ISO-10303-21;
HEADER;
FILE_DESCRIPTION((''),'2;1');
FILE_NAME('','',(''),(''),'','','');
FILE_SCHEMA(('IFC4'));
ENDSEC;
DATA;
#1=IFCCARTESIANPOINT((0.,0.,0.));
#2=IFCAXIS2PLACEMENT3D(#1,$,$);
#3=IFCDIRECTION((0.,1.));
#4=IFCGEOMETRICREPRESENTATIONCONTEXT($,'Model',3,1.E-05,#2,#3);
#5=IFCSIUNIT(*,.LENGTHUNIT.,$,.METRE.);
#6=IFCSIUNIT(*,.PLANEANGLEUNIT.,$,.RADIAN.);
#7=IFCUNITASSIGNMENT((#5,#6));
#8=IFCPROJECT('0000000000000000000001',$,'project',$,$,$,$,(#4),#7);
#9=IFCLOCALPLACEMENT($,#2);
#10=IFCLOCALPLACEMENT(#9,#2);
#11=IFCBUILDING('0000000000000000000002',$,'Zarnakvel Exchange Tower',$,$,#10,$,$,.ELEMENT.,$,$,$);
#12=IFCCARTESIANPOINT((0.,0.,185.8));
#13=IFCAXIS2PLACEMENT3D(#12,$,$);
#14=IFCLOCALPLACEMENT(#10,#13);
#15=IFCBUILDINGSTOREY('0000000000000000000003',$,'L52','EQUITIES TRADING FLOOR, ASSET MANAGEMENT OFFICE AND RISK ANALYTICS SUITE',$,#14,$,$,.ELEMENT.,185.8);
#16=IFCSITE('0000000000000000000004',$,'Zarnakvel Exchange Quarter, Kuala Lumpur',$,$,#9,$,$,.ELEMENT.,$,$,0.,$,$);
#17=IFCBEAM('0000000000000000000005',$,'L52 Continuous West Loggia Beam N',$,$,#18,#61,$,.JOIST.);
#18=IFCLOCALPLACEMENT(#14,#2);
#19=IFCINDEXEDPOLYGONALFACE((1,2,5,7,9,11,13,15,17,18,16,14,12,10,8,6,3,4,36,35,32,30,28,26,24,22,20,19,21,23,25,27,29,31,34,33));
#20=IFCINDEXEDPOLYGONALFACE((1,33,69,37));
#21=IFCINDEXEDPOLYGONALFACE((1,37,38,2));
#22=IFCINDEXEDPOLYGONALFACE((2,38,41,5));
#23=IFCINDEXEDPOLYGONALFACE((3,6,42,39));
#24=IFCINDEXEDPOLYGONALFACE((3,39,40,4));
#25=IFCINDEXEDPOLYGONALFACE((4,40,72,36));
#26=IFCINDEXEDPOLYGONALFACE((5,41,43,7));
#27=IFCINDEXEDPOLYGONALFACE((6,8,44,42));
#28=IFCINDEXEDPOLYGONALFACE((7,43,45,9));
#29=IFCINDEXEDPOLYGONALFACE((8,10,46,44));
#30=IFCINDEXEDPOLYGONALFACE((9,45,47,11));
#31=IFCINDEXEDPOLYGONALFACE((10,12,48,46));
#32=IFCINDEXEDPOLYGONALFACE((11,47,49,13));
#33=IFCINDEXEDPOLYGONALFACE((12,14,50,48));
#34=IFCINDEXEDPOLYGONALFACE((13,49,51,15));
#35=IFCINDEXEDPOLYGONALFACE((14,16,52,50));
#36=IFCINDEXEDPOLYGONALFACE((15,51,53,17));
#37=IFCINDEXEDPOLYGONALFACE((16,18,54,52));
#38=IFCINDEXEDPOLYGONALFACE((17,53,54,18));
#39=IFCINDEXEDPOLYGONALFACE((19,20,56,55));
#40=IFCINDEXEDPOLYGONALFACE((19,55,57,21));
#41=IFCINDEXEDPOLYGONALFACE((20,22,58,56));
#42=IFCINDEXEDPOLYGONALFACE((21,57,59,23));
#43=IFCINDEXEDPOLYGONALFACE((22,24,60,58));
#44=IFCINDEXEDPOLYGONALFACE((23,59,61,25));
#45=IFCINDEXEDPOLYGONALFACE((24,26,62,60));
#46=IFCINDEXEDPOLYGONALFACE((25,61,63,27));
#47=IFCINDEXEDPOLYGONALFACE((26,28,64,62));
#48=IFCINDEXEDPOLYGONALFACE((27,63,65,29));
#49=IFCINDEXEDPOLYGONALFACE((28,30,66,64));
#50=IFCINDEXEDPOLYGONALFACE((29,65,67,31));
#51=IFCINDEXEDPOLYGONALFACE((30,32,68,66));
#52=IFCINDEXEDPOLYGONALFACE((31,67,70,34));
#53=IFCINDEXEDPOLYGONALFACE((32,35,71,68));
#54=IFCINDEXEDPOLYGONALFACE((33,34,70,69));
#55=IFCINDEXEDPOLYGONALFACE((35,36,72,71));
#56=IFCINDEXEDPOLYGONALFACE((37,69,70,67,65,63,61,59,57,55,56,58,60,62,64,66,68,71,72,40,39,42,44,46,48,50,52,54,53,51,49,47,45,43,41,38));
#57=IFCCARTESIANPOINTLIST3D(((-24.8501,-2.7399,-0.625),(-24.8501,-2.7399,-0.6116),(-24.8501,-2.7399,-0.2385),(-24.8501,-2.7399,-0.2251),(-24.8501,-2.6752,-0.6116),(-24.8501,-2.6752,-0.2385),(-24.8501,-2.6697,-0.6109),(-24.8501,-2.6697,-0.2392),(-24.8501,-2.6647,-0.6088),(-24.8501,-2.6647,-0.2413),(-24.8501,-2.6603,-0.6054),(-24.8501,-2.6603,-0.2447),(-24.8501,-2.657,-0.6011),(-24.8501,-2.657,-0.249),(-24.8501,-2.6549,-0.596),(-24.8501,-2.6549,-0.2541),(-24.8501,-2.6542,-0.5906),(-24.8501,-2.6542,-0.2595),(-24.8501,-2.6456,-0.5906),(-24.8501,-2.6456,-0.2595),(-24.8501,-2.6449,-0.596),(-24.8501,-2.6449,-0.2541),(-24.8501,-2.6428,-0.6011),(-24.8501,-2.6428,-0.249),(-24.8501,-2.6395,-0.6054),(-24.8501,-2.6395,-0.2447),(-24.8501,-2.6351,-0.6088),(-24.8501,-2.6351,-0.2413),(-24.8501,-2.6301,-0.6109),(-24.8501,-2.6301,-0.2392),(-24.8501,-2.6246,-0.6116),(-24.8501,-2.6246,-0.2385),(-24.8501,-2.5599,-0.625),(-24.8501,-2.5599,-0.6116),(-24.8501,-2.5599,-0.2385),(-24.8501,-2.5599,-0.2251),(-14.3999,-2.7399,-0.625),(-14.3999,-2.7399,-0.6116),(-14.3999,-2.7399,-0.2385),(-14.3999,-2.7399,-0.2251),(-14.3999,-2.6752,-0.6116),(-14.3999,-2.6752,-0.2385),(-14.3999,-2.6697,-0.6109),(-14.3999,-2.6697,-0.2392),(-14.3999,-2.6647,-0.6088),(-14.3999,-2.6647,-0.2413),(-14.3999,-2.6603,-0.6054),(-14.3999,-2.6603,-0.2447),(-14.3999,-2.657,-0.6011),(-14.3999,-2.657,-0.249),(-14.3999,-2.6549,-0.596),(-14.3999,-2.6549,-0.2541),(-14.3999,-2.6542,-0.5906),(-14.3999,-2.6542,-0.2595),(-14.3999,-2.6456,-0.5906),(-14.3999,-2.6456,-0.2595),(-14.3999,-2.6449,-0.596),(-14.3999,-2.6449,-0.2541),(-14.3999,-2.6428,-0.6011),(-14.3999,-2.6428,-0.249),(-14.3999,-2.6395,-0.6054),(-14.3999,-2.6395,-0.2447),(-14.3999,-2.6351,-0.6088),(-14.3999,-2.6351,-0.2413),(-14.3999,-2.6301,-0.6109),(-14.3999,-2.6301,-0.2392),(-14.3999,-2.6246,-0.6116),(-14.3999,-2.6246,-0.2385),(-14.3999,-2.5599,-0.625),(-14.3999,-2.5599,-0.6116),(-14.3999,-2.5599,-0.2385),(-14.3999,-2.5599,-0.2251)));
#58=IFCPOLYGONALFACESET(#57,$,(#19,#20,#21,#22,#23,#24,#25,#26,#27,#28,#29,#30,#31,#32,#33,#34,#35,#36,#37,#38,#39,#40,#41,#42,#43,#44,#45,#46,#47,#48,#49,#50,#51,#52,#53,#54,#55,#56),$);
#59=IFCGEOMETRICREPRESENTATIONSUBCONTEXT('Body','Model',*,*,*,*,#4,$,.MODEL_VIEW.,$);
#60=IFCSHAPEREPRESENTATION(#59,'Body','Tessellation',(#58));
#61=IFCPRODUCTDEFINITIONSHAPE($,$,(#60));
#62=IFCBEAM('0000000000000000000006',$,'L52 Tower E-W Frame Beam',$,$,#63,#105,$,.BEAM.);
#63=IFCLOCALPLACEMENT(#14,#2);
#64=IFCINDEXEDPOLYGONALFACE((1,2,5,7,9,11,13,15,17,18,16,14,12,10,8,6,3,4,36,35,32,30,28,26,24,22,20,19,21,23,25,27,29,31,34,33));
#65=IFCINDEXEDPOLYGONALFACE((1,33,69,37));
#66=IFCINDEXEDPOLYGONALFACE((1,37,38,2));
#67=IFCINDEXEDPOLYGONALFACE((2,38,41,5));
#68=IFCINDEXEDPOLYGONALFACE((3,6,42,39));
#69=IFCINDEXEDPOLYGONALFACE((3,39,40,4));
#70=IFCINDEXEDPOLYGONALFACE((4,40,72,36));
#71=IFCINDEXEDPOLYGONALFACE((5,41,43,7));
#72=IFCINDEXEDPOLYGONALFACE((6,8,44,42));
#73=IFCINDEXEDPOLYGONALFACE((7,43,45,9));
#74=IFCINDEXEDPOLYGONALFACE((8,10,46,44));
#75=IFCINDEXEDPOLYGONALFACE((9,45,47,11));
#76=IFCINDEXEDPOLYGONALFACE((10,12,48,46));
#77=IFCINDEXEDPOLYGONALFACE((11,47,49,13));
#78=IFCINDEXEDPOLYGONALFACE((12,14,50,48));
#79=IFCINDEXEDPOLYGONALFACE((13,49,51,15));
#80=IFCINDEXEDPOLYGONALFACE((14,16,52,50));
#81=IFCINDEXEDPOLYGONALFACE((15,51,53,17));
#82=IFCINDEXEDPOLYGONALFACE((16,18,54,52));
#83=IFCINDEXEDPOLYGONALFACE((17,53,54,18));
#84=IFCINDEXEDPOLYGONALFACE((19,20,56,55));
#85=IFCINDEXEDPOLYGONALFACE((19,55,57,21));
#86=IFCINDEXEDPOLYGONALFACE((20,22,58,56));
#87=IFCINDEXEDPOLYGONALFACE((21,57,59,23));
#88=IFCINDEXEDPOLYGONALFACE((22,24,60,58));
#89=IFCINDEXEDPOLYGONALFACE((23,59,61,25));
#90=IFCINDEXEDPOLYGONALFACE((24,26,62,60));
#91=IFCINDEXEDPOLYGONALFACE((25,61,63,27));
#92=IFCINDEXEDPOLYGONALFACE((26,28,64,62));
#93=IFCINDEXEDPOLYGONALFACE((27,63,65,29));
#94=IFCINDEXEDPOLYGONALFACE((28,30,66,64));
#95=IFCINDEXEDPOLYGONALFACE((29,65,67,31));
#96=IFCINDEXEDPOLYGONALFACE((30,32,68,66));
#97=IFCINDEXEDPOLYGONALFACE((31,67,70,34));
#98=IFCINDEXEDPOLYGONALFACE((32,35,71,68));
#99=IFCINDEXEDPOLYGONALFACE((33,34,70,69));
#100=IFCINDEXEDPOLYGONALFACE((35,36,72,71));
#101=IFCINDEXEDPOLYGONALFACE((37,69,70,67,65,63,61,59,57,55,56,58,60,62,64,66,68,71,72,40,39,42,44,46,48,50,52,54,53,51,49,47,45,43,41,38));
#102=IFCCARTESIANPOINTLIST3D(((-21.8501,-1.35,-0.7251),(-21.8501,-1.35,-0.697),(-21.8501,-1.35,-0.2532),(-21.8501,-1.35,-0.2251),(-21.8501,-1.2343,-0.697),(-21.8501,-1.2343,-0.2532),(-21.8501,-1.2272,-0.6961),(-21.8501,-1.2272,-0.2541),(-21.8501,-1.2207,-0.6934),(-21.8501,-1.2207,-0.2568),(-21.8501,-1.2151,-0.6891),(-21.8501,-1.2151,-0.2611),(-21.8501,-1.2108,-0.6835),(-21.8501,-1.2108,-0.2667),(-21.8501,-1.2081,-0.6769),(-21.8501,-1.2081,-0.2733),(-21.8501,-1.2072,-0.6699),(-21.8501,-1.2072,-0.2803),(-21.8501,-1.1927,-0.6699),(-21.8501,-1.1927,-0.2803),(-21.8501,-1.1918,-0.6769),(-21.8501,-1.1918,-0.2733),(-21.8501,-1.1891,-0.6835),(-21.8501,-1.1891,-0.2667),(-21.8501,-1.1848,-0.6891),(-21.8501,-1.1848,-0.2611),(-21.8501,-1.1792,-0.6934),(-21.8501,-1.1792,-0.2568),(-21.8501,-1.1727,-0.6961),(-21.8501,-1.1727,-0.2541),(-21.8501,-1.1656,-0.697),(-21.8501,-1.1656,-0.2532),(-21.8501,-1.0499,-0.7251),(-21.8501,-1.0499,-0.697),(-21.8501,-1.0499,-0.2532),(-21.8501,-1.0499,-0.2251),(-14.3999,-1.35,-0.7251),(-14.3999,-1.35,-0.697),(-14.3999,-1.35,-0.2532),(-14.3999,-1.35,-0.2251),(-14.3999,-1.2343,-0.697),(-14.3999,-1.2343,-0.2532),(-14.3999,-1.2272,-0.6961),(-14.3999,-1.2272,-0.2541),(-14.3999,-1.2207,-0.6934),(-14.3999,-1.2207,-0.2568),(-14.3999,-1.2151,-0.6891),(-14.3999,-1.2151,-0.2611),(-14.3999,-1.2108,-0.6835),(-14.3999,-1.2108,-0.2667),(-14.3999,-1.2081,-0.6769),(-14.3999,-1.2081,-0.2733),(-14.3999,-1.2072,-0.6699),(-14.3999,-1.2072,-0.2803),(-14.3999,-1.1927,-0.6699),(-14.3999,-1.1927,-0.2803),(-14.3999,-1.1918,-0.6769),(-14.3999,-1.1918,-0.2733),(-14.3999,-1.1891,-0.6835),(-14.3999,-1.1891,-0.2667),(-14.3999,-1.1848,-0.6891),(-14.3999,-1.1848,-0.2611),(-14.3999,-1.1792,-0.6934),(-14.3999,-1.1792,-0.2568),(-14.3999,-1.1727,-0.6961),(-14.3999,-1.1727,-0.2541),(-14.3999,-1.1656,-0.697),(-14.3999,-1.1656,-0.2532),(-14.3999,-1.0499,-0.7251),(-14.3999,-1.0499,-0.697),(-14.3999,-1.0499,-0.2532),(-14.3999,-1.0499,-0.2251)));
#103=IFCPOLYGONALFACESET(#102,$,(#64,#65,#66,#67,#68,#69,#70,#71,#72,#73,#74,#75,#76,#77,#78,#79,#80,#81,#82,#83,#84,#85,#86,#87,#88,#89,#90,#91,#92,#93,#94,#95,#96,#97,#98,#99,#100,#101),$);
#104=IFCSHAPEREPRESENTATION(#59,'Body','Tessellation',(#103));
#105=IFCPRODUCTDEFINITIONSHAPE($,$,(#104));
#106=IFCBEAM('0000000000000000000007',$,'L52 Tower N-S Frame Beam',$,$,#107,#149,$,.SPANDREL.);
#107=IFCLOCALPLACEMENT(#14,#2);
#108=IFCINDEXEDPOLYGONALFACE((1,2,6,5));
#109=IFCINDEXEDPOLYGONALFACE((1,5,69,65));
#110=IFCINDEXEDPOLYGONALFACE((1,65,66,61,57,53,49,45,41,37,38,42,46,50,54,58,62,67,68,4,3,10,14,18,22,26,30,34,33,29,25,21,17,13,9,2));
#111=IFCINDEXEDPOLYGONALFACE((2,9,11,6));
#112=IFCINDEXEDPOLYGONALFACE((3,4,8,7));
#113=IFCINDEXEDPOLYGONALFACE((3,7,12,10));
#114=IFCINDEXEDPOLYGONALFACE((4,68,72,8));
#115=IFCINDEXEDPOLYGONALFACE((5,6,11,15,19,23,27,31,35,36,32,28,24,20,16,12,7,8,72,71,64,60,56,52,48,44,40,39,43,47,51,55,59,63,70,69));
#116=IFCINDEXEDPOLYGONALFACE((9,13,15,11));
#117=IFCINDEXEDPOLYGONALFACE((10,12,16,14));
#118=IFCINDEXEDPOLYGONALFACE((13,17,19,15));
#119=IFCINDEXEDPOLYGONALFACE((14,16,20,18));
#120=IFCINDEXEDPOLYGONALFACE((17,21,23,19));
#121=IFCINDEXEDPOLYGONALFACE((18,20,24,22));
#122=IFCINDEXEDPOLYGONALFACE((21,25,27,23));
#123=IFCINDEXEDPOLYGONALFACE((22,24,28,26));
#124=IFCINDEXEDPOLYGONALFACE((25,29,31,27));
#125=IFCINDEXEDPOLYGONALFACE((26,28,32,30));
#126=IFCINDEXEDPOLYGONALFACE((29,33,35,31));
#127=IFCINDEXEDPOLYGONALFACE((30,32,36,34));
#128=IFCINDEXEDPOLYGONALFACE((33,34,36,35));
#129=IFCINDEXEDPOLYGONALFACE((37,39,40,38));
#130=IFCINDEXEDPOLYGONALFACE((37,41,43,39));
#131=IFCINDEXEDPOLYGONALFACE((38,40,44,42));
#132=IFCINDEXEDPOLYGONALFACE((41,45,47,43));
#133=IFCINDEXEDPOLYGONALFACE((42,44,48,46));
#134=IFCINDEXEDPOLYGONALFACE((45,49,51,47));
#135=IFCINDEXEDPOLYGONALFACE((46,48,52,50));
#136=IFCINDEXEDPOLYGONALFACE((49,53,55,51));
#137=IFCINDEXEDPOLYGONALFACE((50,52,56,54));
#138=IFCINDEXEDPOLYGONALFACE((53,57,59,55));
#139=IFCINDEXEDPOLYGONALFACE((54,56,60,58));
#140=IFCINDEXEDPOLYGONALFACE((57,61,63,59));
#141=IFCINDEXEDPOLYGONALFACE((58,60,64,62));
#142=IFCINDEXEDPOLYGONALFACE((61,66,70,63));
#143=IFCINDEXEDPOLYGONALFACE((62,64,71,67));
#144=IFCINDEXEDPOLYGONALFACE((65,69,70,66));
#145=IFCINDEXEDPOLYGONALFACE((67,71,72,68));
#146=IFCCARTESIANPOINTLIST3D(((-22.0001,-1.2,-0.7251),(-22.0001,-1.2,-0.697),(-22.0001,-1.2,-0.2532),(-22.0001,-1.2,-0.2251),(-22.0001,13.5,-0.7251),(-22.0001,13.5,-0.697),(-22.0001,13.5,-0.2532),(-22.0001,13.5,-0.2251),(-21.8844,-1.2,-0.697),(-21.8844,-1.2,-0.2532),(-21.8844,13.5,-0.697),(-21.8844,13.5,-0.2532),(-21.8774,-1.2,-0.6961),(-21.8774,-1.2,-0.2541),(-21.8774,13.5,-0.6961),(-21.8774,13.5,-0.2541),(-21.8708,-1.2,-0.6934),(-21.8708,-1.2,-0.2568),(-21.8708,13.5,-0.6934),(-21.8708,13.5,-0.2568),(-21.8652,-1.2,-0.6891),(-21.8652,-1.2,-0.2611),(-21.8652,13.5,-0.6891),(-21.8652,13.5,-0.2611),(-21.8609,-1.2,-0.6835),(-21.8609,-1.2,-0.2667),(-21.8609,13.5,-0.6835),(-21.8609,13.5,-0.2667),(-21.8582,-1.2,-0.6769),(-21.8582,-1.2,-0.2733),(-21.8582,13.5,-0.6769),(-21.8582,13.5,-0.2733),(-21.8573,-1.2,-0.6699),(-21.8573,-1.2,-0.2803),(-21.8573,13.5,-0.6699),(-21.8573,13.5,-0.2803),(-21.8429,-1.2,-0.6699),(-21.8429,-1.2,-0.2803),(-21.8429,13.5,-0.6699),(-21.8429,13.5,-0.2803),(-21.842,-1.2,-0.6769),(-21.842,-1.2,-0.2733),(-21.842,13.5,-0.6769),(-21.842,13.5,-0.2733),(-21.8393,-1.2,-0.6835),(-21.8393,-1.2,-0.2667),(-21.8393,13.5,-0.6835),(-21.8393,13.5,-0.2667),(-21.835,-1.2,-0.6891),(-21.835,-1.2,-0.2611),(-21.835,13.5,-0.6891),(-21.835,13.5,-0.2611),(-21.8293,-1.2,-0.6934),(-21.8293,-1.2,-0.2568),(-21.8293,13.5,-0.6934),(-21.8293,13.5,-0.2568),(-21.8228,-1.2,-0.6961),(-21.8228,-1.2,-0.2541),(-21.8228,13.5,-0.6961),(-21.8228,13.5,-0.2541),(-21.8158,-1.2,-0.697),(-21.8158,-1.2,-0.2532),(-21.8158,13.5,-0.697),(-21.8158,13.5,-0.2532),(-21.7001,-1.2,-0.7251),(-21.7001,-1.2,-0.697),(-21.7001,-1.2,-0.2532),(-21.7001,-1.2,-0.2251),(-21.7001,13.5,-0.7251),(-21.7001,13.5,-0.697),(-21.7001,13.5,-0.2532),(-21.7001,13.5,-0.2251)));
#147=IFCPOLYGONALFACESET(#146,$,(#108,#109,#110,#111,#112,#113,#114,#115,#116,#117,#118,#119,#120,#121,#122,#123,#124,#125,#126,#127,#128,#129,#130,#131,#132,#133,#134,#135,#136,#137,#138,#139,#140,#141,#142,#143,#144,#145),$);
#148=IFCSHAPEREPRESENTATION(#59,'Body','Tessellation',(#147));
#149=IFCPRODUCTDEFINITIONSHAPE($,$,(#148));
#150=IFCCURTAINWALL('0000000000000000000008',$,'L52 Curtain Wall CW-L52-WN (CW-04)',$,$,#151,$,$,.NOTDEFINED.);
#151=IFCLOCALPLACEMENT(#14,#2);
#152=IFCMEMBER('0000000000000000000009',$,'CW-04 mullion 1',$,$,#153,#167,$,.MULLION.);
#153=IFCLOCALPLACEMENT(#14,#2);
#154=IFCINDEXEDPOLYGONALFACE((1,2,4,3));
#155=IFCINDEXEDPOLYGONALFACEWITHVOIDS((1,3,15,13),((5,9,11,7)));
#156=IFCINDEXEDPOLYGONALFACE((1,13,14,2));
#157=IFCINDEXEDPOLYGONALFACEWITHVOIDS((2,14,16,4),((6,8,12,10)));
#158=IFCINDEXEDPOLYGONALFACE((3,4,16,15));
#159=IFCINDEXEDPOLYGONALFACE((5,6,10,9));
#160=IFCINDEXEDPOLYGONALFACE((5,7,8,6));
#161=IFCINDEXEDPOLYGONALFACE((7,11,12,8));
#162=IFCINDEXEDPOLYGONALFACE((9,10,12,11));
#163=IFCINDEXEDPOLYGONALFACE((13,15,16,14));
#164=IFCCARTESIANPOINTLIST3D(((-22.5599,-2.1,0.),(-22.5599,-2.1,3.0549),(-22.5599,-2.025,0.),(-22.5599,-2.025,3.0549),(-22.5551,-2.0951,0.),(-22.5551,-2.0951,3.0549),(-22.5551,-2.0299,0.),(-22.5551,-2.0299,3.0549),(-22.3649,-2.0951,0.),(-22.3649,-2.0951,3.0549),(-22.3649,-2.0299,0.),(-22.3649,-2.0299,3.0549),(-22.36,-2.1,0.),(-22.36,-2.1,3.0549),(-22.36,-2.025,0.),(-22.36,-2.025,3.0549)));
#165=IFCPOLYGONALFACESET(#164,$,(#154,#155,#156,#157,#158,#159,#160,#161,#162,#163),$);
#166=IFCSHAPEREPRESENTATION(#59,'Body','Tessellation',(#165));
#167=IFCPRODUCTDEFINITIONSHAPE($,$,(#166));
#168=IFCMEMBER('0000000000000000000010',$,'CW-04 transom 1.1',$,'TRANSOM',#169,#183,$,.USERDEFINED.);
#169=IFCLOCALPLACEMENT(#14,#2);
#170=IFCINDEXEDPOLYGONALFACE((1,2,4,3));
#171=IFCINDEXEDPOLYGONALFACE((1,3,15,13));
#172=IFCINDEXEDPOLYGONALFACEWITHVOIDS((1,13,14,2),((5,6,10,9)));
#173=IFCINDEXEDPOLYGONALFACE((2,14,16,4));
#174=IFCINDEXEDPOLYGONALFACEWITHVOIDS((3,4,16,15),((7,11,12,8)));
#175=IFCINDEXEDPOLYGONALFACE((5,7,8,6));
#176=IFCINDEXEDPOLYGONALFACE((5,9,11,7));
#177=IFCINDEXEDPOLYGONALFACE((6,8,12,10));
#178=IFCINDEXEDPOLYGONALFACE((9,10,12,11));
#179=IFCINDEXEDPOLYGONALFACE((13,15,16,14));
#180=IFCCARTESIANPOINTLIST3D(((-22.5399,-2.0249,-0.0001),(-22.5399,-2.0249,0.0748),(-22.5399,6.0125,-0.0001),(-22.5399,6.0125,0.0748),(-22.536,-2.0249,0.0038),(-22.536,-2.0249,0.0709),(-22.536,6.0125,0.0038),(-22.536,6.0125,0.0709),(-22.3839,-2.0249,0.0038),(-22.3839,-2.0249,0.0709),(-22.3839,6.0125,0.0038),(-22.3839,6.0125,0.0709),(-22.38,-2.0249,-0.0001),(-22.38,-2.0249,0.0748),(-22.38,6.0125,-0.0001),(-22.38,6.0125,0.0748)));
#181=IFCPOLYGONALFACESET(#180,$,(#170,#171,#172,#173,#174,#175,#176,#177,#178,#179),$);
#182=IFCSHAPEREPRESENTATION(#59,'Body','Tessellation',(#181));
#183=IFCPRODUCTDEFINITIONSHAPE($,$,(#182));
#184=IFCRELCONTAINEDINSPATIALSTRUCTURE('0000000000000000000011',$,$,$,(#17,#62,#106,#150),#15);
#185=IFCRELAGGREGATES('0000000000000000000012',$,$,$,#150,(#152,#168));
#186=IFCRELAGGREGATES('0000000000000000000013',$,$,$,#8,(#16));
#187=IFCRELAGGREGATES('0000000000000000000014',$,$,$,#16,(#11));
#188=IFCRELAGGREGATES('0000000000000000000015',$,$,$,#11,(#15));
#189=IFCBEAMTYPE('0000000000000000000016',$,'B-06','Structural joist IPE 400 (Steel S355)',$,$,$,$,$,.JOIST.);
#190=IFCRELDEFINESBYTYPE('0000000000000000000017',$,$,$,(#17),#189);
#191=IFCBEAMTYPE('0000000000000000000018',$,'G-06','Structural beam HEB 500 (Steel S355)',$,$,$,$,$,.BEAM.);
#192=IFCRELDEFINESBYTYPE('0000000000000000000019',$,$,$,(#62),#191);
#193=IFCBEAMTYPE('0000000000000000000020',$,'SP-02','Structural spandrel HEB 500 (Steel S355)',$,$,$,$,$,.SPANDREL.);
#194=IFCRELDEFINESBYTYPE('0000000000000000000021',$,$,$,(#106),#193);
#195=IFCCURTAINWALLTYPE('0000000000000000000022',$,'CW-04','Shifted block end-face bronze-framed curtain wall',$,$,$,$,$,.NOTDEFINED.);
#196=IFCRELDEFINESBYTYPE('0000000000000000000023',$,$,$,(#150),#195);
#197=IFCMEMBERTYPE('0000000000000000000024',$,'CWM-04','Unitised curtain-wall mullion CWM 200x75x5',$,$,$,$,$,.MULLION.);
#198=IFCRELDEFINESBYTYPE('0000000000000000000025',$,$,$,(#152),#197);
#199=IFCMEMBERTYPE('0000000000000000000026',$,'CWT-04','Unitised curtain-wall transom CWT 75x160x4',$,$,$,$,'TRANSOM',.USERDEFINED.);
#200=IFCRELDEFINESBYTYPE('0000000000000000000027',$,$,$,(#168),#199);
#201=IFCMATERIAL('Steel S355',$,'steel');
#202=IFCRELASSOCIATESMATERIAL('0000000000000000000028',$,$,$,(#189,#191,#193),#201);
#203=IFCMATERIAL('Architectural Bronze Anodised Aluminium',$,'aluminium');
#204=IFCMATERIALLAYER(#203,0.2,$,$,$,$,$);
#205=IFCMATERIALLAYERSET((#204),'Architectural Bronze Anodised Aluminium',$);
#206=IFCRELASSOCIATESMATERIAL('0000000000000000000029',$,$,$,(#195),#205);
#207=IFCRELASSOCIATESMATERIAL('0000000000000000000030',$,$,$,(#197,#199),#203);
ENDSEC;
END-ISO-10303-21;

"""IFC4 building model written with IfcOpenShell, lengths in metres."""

from ifc_helpers import new_model, si_unit, direction, frame, origin, origin_2d, place, context, subcontext, project, spatial, hollow_rectangle, i_section, extrude, source, transform, mapped, material, layer, layer_set, material_profile, profile_set, type_object, element, aggregate, save


model = new_model("IFC4")

# Units and contexts
model_context = context("Model", 3, precision=1e-05, world=origin(), true_north=direction((0.0, 1.0)))
body_context = subcontext(model_context, "Body", "Model", "MODEL_VIEW")
ifc_project = project(units=[si_unit("LENGTHUNIT", "METRE"), si_unit("PLANEANGLEUNIT", "RADIAN")], contexts=[model_context])

# Site, building, storey
site_placement = place(None, origin())
site = spatial("IfcSite", under=ifc_project, at=site_placement, Name="Zarnakvel Exchange Quarter, Kuala Lumpur", CompositionType="ELEMENT", RefElevation=0.0)
building_placement = place(site_placement, origin())
building = spatial("IfcBuilding", under=site, at=building_placement, Name="Zarnakvel Exchange Tower", CompositionType="ELEMENT")
storey_placement = place(building_placement, frame((0.0, 0.0, 185.8)))
storey = spatial("IfcBuildingStorey", under=building, at=storey_placement, Name="L52", Description="EQUITIES TRADING FLOOR, ASSET MANAGEMENT OFFICE AND RISK ANALYTICS SUITE", CompositionType="ELEMENT", Elevation=185.8)

# Shared definitions
ifc_material_1 = material(Name="Steel S355", Category="steel")

# Beams
ifc_material_profile_1 = material_profile(ifc_material_1, i_section(OverallWidth=0.1799, OverallDepth=0.3999, WebThickness=0.0085, FlangeThickness=0.0134, FilletRadius=0.021, at=origin_2d()))
ifc_profile_set_1 = profile_set([ifc_material_profile_1], Name="Steel S355")
beam_type_1 = type_object("IfcBeamType", Name="B-06", Description="Structural joist IPE 400 (Steel S355)", PredefinedType="JOIST", material=ifc_profile_set_1)
beam_1_placement = place(storey_placement, frame((-14.3999, -2.6499, -0.425), z_axis=(-1.0, 0.0, 0.0), x_axis=(0.0, -1.0, 0.0)))
element("IfcBeam", 1, at=beam_1_placement, inside=storey, type_object=beam_type_1, Name="L52 Continuous West Loggia Beam N", PredefinedType="JOIST", context=body_context, shape_type="SweptSolid", body=[
    extrude(i_section(OverallWidth=0.1799, OverallDepth=0.3999, WebThickness=0.0085, FlangeThickness=0.0134, FilletRadius=0.021, at=origin_2d()), origin(), (0.0, 0.0, 1.0), 10.4502),
])
ifc_material_profile_2 = material_profile(ifc_material_1, i_section(OverallWidth=0.3, OverallDepth=0.5, WebThickness=0.0144, FlangeThickness=0.0281, FilletRadius=0.0271, at=origin_2d()))
ifc_profile_set_2 = profile_set([ifc_material_profile_2], Name="Steel S355")
beam_type_2 = type_object("IfcBeamType", Name="G-06", Description="Structural beam HEB 500 (Steel S355)", PredefinedType="BEAM", material=ifc_profile_set_2)
beam_2_placement = place(storey_placement, frame((-21.8501, -1.2, -0.4751), z_axis=(1.0, 0.0, 0.0), x_axis=(0.0, 1.0, 0.0)))
element("IfcBeam", 2, at=beam_2_placement, inside=storey, type_object=beam_type_2, Name="L52 Tower E-W Frame Beam", PredefinedType="BEAM", context=body_context, shape_type="SweptSolid", body=[
    extrude(i_section(OverallWidth=0.3, OverallDepth=0.5, WebThickness=0.0144, FlangeThickness=0.0281, FilletRadius=0.0271, at=origin_2d()), origin(), (0.0, 0.0, 1.0), 7.4502),
])
ifc_material_profile_3 = material_profile(ifc_material_1, i_section(OverallWidth=0.3, OverallDepth=0.5, WebThickness=0.0144, FlangeThickness=0.0281, FilletRadius=0.0271, at=origin_2d()))
ifc_profile_set_3 = profile_set([ifc_material_profile_3], Name="Steel S355")
beam_type_3 = type_object("IfcBeamType", Name="SP-02", Description="Structural spandrel HEB 500 (Steel S355)", PredefinedType="SPANDREL", material=ifc_profile_set_3)
beam_3_placement = place(storey_placement, frame((-21.8501, -1.2, -0.4751), z_axis=(0.0, 1.0, 0.0), x_axis=(-1.0, 0.0, 0.0)))
element("IfcBeam", 3, at=beam_3_placement, inside=storey, type_object=beam_type_3, Name="L52 Tower N-S Frame Beam", PredefinedType="SPANDREL", context=body_context, shape_type="SweptSolid", body=[
    extrude(i_section(OverallWidth=0.3, OverallDepth=0.5, WebThickness=0.0144, FlangeThickness=0.0281, FilletRadius=0.0271, at=origin_2d()), origin(), (0.0, 0.0, 1.0), 14.7),
])

# Curtain wall, members
ifc_material_2 = material(Name="Architectural Bronze Anodised Aluminium", Category="aluminium")
ifc_layer_1 = layer(ifc_material_2, 0.2)
ifc_layer_set_1 = layer_set([ifc_layer_1], Name="Architectural Bronze Anodised Aluminium")
curtain_wall_type = type_object("IfcCurtainWallType", Name="CW-04", Description="Shifted block end-face bronze-framed curtain wall", PredefinedType="NOTDEFINED", material=ifc_layer_set_1)
curtain_wall_placement = place(storey_placement, origin())
curtain_wall = element("IfcCurtainWall", 4, at=curtain_wall_placement, inside=storey, type_object=curtain_wall_type, Name="L52 Curtain Wall CW-L52-WN (CW-04)", PredefinedType="NOTDEFINED")
ifc_material_profile_4 = material_profile(ifc_material_2, hollow_rectangle(XDim=0.2, YDim=0.075, WallThickness=0.0049, at=origin_2d()))
ifc_profile_set_4 = profile_set([ifc_material_profile_4], Name="Architectural Bronze Anodised Aluminium")
member_type_1 = type_object("IfcMemberType", Name="CWM-04", Description="Unitised curtain-wall mullion CWM 200x75x5", PredefinedType="MULLION", material=ifc_profile_set_4)
shared_shape_1 = source(origin(), body_context, "Body", "SweptSolid", [
    extrude(hollow_rectangle(XDim=0.2, YDim=0.075, WallThickness=0.0049, at=origin_2d()), origin(), (0.0, 0.0, 1.0), 3.0549),
])
member_1_placement = place(storey_placement, frame((-22.46, -2.0625, 0.0), z_axis=(0.0, 0.0, 1.0), x_axis=(-1.0, 0.0, 0.0)))
member_1 = element("IfcMember", 5, at=member_1_placement, type_object=member_type_1, Name="CW-04 mullion 1", PredefinedType="MULLION", context=body_context, shape_type="MappedRepresentation", body=[
    mapped(shared_shape_1, transform((0.0, 0.0, 0.0), x_axis=(1.0, 0.0, 0.0), y_axis=(0.0, 1.0, 0.0), z_axis=(0.0, 0.0, 1.0), scale=1.0)),
])
ifc_material_profile_5 = material_profile(ifc_material_2, hollow_rectangle(XDim=0.1599, YDim=0.075, WallThickness=0.0039, at=origin_2d()))
ifc_profile_set_5 = profile_set([ifc_material_profile_5], Name="Architectural Bronze Anodised Aluminium")
member_type_2 = type_object("IfcMemberType", Name="CWT-04", Description="Unitised curtain-wall transom CWT 75x160x4", ElementType="TRANSOM", PredefinedType="USERDEFINED", material=ifc_profile_set_5)
shared_shape_2 = source(origin(), body_context, "Body", "SweptSolid", [
    extrude(hollow_rectangle(XDim=0.1599, YDim=0.075, WallThickness=0.0039, at=origin_2d()), origin(), (0.0, 0.0, 1.0), 8.0374),
])
member_2_placement = place(storey_placement, frame((-22.46, -2.0249, 0.0374), z_axis=(0.0, 1.0, 0.0), x_axis=(-1.0, 0.0, 0.0)))
member_2 = element("IfcMember", 6, at=member_2_placement, type_object=member_type_2, Name="CW-04 transom 1.1", ObjectType="TRANSOM", PredefinedType="USERDEFINED", context=body_context, shape_type="MappedRepresentation", body=[
    mapped(shared_shape_2, transform((0.0, 0.0, 0.0), x_axis=(1.0, 0.0, 0.0), y_axis=(0.0, 1.0, 0.0), z_axis=(0.0, 0.0, 1.0), scale=1.0)),
])
aggregate(curtain_wall, [member_1, member_2])

save(model, "model.ifc")
